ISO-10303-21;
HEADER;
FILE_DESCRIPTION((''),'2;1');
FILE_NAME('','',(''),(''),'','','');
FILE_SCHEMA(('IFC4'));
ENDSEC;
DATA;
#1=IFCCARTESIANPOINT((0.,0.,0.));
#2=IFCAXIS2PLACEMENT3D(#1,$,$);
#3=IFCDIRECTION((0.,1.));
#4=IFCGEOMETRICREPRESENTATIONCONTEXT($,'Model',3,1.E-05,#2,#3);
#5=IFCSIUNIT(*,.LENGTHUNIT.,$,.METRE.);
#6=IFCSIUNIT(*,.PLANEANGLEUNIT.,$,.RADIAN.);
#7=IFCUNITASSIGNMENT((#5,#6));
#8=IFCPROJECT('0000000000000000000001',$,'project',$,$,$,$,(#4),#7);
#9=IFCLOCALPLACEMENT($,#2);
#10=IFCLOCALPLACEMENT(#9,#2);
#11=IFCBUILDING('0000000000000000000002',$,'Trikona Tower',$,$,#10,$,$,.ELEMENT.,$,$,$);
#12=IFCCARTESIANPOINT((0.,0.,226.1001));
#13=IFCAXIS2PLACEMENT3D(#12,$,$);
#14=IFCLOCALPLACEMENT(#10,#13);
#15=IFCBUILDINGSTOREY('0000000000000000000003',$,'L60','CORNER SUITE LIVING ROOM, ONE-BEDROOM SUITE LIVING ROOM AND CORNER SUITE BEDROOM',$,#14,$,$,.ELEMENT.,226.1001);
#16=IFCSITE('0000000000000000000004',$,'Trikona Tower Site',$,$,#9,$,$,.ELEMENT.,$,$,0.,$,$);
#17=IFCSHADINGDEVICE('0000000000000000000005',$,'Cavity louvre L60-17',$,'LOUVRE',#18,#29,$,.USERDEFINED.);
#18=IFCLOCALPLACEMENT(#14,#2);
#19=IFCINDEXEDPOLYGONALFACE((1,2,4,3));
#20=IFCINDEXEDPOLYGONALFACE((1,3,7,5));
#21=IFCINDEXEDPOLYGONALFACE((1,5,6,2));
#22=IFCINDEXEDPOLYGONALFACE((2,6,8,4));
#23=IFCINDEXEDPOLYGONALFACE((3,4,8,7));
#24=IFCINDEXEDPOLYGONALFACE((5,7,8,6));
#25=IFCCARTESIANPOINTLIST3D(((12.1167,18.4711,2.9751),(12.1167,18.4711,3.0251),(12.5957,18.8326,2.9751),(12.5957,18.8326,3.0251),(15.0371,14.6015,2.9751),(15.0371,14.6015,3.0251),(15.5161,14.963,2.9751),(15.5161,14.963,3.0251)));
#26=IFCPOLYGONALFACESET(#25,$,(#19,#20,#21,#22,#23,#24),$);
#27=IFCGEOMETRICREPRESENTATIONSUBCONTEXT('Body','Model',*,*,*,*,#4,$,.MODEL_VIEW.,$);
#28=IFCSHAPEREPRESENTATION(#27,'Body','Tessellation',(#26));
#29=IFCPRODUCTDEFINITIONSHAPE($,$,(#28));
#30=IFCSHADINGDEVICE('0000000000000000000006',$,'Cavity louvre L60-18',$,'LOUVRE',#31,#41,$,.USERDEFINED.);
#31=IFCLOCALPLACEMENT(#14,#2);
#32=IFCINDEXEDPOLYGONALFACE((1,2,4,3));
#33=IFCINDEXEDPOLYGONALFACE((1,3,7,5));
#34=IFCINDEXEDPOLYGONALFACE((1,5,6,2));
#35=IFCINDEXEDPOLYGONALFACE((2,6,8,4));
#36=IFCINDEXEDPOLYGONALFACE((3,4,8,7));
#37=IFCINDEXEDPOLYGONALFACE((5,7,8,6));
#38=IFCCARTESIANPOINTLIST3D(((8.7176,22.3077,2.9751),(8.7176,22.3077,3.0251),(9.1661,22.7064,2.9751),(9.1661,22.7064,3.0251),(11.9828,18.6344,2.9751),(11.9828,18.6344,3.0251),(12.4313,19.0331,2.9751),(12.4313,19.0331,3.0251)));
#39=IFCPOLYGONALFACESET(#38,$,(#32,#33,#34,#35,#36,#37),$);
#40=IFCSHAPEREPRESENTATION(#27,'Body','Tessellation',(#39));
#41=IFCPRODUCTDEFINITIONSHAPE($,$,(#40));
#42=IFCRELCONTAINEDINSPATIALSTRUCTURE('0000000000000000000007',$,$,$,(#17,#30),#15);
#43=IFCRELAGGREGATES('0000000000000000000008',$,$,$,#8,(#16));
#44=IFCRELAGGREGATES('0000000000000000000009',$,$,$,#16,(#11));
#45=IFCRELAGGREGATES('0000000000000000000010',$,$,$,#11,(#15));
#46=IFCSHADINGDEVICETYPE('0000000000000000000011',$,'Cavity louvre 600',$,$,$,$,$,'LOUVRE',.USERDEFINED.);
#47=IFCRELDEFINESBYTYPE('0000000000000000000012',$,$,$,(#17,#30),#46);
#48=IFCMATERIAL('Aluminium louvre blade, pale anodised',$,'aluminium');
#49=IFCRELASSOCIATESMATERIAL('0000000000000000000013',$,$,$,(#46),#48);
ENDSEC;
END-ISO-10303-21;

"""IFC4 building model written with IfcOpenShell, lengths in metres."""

from ifc_helpers import new_model, si_unit, direction, frame, origin, origin_2d, place, context, subcontext, project, spatial, rectangle, extrude, material, type_object, element, save


model = new_model("IFC4")

# Units and contexts
model_context = context("Model", 3, precision=1e-05, world=origin(), true_north=direction((0.0, 1.0)))
body_context = subcontext(model_context, "Body", "Model", "MODEL_VIEW")
ifc_project = project(units=[si_unit("LENGTHUNIT", "METRE"), si_unit("PLANEANGLEUNIT", "RADIAN")], contexts=[model_context])

# Site, building, storey
site_placement = place(None, origin())
site = spatial("IfcSite", under=ifc_project, at=site_placement, Name="Trikona Tower Site", CompositionType="ELEMENT", RefElevation=0.0)
building_placement = place(site_placement, origin())
building = spatial("IfcBuilding", under=site, at=building_placement, Name="Trikona Tower", CompositionType="ELEMENT")
storey_placement = place(building_placement, frame((0.0, 0.0, 226.1001)))
storey = spatial("IfcBuildingStorey", under=building, at=storey_placement, Name="L60", Description="CORNER SUITE LIVING ROOM, ONE-BEDROOM SUITE LIVING ROOM AND CORNER SUITE BEDROOM", CompositionType="ELEMENT", Elevation=226.1001)

# Shading devices
ifc_material_1 = material(Name="Aluminium louvre blade, pale anodised", Category="aluminium")
shading_device_type = type_object("IfcShadingDeviceType", Name="Cavity louvre 600", ElementType="LOUVRE", PredefinedType="USERDEFINED", material=ifc_material_1)
shading_device_1_placement = place(storey_placement, frame((13.8164, 16.717, 2.9751), z_axis=(0.0, 0.0, 1.0), x_axis=(-0.602402, 0.798193, 0.0)))
element("IfcShadingDevice", 1, at=shading_device_1_placement, inside=storey, type_object=shading_device_type, Name="Cavity louvre L60-17", ObjectType="LOUVRE", PredefinedType="USERDEFINED", context=body_context, shape_type="SweptSolid", body=[
    extrude(rectangle(XDim=4.8479, YDim=0.6001, at=origin_2d()), origin(), (0.0, 0.0, 1.0), 0.05),
])
shading_device_2_placement = place(storey_placement, frame((10.5745, 20.6704, 2.9751), z_axis=(0.0, 0.0, 1.0), x_axis=(-0.664367, 0.747406, 0.0)))
element("IfcShadingDevice", 2, at=shading_device_2_placement, inside=storey, type_object=shading_device_type, Name="Cavity louvre L60-18", ObjectType="LOUVRE", PredefinedType="USERDEFINED", context=body_context, shape_type="SweptSolid", body=[
    extrude(rectangle(XDim=4.9148, YDim=0.6001, at=origin_2d()), origin(), (0.0, 0.0, 1.0), 0.05),
])

save(model, "model.ifc")
